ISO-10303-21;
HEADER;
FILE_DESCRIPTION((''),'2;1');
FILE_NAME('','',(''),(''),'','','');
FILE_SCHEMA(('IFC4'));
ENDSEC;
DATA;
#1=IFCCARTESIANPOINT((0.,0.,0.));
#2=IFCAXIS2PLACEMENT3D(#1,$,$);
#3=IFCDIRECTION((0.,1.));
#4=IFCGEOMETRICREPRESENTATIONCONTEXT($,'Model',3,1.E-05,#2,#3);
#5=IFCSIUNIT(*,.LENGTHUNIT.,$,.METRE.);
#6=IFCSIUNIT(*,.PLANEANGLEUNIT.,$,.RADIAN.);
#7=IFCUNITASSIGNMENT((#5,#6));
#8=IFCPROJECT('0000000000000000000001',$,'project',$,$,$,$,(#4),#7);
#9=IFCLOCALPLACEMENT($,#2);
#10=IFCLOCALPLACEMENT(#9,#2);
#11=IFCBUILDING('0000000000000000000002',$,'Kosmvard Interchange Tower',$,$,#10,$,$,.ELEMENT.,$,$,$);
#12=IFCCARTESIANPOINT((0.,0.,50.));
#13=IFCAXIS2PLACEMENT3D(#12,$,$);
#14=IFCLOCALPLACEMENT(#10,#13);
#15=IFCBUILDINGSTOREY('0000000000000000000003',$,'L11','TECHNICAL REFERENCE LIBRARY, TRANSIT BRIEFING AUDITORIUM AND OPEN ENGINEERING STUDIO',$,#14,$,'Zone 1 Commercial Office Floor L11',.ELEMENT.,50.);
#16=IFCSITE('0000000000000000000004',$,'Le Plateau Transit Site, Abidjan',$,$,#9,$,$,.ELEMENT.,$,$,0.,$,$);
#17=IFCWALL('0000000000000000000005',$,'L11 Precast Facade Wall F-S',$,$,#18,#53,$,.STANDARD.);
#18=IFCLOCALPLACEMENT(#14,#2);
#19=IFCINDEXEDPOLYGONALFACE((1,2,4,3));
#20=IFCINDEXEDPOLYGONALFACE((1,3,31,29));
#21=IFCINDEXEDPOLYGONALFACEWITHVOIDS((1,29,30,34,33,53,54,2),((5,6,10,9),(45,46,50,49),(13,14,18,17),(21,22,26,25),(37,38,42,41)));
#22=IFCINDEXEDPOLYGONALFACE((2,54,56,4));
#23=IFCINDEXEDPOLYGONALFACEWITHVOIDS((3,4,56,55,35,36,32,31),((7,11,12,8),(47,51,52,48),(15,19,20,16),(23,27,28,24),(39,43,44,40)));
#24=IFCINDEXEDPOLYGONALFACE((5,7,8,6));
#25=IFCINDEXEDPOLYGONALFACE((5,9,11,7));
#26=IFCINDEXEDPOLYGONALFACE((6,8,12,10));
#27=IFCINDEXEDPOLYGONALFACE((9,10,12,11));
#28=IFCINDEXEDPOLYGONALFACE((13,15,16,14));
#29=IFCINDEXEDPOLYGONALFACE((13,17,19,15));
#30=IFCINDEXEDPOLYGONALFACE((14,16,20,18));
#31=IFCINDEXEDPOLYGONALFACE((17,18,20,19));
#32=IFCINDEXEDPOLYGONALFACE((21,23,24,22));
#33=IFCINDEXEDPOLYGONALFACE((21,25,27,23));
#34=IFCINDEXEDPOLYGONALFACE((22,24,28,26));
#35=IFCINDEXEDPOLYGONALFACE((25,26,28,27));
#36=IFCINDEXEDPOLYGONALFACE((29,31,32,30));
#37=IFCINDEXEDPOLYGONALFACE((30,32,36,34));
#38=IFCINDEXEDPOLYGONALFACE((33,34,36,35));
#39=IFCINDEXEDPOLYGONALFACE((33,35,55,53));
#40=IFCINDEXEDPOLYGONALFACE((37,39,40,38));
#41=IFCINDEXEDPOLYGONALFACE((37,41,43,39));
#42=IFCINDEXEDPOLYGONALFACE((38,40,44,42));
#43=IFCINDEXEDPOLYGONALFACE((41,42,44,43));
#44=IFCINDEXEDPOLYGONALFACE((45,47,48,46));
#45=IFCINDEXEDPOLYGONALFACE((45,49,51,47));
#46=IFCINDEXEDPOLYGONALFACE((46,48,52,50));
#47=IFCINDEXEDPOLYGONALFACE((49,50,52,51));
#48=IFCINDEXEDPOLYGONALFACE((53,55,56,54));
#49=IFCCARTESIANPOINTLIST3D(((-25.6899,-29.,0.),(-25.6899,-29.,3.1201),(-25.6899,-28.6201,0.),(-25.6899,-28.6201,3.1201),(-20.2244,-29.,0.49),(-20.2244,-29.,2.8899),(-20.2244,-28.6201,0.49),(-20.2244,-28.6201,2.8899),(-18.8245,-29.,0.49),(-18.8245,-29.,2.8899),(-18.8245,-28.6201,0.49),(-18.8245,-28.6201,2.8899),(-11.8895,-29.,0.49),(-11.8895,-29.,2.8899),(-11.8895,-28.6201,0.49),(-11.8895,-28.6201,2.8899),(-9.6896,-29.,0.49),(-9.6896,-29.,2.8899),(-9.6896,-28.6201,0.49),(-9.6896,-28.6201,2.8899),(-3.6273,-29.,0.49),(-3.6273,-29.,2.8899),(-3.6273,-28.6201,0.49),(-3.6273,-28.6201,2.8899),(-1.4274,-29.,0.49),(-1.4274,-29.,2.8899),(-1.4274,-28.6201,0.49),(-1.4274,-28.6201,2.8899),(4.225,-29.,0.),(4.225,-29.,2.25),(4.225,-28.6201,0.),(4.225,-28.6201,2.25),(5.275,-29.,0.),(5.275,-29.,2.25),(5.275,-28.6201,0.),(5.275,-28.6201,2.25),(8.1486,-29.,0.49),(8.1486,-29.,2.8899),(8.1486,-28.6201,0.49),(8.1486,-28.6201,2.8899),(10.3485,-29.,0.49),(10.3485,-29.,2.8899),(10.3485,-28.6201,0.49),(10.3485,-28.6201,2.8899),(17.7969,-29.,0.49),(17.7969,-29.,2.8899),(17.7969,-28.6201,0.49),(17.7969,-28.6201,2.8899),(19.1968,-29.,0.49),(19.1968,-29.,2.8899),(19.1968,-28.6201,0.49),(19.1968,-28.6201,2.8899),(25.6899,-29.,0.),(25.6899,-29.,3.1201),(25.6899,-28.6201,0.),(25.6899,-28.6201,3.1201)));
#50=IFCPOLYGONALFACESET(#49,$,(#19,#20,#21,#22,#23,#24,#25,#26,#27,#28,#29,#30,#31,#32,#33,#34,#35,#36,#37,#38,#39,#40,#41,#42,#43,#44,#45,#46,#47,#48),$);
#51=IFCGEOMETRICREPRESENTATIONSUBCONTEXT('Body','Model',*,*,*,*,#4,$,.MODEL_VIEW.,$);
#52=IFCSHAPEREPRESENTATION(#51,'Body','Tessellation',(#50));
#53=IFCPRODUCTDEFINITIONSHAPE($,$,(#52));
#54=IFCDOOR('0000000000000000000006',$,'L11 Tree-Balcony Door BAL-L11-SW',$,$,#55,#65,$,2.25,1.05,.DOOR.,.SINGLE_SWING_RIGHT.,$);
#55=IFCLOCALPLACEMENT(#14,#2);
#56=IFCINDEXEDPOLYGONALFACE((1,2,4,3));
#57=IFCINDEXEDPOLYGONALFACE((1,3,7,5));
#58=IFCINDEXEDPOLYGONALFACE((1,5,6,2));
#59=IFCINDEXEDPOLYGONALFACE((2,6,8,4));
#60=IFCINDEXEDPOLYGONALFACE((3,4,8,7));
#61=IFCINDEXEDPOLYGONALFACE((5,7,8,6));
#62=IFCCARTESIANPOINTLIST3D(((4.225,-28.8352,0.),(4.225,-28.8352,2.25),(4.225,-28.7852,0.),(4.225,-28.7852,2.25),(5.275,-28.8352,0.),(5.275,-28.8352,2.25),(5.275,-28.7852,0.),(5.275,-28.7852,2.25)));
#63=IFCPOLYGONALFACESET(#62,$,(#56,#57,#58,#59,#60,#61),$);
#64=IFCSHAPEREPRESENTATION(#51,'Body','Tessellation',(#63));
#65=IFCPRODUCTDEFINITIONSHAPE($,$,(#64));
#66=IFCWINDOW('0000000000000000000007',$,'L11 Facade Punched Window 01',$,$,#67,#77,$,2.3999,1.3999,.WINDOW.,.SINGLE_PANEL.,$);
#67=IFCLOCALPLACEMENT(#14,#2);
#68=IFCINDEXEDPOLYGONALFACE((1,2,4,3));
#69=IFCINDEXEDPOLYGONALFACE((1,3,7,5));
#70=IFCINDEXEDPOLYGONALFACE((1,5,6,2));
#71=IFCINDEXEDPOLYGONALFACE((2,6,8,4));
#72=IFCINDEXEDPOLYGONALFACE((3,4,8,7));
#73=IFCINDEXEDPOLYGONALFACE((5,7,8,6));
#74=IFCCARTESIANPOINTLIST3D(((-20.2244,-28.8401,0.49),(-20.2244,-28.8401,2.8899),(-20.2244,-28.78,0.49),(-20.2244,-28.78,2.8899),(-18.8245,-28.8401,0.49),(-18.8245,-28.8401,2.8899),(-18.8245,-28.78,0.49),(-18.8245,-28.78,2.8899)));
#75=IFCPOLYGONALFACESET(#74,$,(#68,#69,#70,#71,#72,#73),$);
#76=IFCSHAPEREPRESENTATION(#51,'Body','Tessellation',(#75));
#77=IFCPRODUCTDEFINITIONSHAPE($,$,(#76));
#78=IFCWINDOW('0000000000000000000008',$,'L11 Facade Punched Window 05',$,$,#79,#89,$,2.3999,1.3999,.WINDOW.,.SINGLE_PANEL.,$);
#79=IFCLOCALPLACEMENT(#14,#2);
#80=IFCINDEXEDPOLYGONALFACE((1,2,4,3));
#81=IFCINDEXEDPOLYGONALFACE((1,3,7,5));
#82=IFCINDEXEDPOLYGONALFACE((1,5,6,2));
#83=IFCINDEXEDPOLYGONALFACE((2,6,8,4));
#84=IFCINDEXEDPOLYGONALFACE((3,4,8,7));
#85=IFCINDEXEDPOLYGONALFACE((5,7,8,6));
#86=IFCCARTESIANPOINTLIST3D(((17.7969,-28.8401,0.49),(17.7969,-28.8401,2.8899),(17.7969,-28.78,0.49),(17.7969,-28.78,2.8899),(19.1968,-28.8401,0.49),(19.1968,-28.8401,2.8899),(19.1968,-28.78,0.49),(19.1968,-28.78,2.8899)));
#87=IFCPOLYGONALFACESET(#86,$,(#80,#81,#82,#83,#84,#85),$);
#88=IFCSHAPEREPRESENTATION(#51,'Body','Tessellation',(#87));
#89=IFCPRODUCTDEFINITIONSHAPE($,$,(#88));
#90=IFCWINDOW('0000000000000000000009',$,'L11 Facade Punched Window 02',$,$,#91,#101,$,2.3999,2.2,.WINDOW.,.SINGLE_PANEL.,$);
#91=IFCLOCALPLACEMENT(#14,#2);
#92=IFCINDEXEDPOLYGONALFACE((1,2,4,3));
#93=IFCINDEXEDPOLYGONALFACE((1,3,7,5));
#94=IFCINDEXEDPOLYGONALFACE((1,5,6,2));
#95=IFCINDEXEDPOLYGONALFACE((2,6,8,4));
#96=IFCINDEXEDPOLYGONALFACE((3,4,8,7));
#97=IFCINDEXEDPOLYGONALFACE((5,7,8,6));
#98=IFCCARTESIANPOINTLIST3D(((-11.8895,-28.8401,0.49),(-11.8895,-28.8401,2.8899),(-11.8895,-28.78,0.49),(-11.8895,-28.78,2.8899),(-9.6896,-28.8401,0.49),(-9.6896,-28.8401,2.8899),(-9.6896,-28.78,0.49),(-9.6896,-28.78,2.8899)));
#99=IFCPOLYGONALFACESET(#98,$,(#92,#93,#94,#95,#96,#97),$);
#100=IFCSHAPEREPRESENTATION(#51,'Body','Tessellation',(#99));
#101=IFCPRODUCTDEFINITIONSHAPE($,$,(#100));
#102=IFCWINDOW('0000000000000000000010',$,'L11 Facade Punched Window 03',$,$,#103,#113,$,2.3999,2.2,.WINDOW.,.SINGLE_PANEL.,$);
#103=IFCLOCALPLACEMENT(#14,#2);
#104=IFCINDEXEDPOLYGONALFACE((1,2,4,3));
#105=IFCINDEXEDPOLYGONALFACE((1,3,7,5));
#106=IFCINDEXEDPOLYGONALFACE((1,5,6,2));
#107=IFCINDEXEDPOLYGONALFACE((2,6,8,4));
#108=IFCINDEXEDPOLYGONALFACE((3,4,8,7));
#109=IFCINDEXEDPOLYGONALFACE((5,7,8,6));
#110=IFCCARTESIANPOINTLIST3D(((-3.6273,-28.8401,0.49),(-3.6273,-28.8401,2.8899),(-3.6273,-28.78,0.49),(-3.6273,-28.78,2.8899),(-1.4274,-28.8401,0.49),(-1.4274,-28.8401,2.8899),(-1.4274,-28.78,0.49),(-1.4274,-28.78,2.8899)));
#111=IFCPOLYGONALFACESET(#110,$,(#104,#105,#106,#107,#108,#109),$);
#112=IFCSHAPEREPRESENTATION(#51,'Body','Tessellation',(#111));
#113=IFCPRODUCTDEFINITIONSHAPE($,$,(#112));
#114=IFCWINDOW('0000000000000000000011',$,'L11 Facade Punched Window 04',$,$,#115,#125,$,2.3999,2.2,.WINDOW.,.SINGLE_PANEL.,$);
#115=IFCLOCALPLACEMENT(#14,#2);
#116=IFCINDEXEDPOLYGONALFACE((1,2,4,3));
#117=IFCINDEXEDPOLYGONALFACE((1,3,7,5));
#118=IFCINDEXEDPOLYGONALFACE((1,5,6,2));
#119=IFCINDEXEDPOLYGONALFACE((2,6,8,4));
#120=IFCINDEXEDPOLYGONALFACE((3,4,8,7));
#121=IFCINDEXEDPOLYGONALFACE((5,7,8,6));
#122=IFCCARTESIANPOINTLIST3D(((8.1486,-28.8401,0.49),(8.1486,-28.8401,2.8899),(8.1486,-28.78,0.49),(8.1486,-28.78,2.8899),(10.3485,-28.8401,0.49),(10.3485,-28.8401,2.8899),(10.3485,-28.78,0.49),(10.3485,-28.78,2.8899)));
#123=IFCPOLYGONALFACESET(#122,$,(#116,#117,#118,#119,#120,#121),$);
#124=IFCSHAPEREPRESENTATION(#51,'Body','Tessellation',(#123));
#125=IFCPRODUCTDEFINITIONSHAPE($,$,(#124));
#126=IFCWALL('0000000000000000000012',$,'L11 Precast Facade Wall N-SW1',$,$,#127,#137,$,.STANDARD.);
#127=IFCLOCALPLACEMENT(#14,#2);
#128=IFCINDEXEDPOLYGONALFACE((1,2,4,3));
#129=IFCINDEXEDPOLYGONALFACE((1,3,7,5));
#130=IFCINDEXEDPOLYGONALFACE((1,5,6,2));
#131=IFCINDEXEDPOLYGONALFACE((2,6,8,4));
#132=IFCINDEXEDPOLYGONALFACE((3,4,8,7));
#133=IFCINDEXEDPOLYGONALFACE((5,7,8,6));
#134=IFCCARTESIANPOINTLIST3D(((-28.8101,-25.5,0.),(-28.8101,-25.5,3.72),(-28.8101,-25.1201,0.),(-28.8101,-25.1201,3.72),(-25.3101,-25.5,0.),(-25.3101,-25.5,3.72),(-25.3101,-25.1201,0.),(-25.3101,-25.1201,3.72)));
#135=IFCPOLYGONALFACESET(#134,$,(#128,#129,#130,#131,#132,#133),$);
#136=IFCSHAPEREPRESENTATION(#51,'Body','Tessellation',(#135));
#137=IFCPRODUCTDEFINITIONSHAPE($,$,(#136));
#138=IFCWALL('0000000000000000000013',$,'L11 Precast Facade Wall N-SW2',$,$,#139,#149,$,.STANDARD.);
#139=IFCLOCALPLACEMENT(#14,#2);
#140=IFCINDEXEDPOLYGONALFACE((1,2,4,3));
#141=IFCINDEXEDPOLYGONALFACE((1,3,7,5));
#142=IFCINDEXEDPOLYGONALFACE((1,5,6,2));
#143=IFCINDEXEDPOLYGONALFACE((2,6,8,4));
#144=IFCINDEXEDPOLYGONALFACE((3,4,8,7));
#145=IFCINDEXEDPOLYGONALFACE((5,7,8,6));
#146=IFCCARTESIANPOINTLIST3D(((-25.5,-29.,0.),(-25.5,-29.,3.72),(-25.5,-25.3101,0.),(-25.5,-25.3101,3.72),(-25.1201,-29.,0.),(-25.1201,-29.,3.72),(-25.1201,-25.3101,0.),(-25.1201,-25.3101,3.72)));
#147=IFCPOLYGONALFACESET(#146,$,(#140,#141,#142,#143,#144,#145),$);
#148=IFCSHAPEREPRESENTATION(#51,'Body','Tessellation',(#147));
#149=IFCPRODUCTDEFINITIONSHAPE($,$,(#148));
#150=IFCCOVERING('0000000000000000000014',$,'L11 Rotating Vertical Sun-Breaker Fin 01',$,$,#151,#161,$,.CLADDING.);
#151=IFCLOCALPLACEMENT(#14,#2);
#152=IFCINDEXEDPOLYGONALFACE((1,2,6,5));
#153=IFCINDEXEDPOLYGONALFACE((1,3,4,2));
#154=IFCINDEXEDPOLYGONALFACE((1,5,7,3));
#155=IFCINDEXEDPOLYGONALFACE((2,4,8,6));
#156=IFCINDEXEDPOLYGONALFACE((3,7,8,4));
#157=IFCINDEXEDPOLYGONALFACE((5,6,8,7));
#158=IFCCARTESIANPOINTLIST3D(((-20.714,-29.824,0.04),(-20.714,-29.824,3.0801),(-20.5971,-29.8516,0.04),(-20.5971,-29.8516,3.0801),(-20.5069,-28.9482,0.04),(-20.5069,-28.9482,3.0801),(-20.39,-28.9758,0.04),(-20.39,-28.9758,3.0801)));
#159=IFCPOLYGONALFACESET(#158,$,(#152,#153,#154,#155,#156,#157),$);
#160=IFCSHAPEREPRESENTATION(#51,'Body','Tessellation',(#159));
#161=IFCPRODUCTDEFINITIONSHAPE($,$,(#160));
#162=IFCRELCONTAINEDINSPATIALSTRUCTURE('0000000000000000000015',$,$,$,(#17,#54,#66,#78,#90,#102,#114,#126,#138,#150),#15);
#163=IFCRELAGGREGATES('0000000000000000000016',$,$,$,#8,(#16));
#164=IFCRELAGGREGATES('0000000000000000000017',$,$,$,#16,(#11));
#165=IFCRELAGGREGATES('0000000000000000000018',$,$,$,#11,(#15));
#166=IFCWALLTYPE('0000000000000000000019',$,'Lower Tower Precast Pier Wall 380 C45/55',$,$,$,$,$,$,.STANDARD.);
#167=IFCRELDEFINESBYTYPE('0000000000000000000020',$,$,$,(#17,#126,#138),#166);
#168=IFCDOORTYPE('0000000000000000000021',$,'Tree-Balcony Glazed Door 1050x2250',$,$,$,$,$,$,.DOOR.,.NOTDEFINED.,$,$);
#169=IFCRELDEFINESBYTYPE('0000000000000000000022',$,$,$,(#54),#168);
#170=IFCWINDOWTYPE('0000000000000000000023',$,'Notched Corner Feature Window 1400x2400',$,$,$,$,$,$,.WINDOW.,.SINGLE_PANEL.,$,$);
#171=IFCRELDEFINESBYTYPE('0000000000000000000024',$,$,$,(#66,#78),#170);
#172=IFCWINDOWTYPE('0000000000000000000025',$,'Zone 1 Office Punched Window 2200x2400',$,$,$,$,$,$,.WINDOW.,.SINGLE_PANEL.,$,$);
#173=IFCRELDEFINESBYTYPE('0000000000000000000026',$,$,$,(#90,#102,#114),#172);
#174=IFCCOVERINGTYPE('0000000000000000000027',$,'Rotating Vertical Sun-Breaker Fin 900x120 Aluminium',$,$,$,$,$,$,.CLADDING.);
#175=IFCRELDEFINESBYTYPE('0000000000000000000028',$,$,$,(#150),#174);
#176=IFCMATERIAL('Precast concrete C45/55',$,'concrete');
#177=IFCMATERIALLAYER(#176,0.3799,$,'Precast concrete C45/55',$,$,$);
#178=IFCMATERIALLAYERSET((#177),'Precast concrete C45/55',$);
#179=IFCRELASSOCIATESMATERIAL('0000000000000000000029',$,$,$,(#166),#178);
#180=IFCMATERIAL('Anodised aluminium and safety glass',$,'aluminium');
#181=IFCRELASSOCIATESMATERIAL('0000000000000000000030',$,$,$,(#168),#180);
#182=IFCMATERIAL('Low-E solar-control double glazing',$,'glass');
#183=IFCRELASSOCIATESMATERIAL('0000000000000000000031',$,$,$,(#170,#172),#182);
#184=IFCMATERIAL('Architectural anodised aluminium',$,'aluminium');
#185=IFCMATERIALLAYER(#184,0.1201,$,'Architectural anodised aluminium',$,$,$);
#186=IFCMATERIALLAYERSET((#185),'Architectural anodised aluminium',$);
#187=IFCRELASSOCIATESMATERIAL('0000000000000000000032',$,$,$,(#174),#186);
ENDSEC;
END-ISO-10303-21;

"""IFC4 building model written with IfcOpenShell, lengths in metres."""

from ifc_helpers import new_model, si_unit, direction, frame, frame_2d, origin, origin_2d, place, context, subcontext, project, spatial, rectangle, extrude, source, transform, mapped, material, layer, layer_set, type_object, element, fill, save


model = new_model("IFC4")

# Units and contexts
model_context = context("Model", 3, precision=1e-05, world=origin(), true_north=direction((0.0, 1.0)))
body_context = subcontext(model_context, "Body", "Model", "MODEL_VIEW")
ifc_project = project(units=[si_unit("LENGTHUNIT", "METRE"), si_unit("PLANEANGLEUNIT", "RADIAN")], contexts=[model_context])

# Site, building, storey
site_placement = place(None, origin())
site = spatial("IfcSite", under=ifc_project, at=site_placement, Name="Le Plateau Transit Site, Abidjan", CompositionType="ELEMENT", RefElevation=0.0)
building_placement = place(site_placement, origin())
building = spatial("IfcBuilding", under=site, at=building_placement, Name="Kosmvard Interchange Tower", CompositionType="ELEMENT")
storey_placement = place(building_placement, frame((0.0, 0.0, 50.0)))
storey = spatial("IfcBuildingStorey", under=building, at=storey_placement, Name="L11", Description="TECHNICAL REFERENCE LIBRARY, TRANSIT BRIEFING AUDITORIUM AND OPEN ENGINEERING STUDIO", LongName="Zone 1 Commercial Office Floor L11", CompositionType="ELEMENT", Elevation=50.0)

# Shared definitions
ifc_material_1 = material(Name="Precast concrete C45/55", Category="concrete")

# Wall, openings, door, windows
ifc_layer_1 = layer(ifc_material_1, 0.3799, Name="Precast concrete C45/55")
ifc_layer_set_1 = layer_set([ifc_layer_1], Name="Precast concrete C45/55")
wall_type_1 = type_object("IfcWallType", Name="Lower Tower Precast Pier Wall 380 C45/55", PredefinedType="STANDARD", material=ifc_layer_set_1)
wall_1_placement = place(storey_placement, frame((-25.6899, -28.8101, 0.0), z_axis=(0.0, 0.0, 1.0), x_axis=(1.0, 0.0, 0.0)))
wall_1 = element("IfcWall", 1, at=wall_1_placement, inside=storey, type_object=wall_type_1, Name="L11 Precast Facade Wall F-S", PredefinedType="STANDARD", context=body_context, shape_type="SweptSolid", body=[
    extrude(rectangle(XDim=51.3799, YDim=0.3799, at=frame_2d((25.6899, 0.0))), origin(), (0.0, 0.0, 1.0), 3.1201),
])
opening_1_placement = place(wall_1_placement, frame((29.915, 0.0, 0.0)))
opening_1 = element("IfcOpeningElement", 2, at=opening_1_placement, cuts=wall_1, PredefinedType="OPENING", context=body_context, shape_type="SweptSolid", body=[
    extrude(rectangle(XDim=1.05, YDim=2.25, at=frame_2d((0.5249, 1.125))), frame((0.0, 0.2, 0.0), z_axis=(0.0, -1.0, 0.0), x_axis=(1.0, 0.0, 0.0)), (0.0, 0.0, 1.0), 0.3999),
])
opening_2_placement = place(wall_1_placement, frame((5.4656, 0.0, 0.49)))
opening_2 = element("IfcOpeningElement", 3, at=opening_2_placement, cuts=wall_1, PredefinedType="OPENING", context=body_context, shape_type="SweptSolid", body=[
    extrude(rectangle(XDim=1.3999, YDim=2.3999, at=frame_2d((0.7, 1.2))), frame((0.0, 0.2, 0.0), z_axis=(0.0, -1.0, 0.0), x_axis=(1.0, 0.0, 0.0)), (0.0, 0.0, 1.0), 0.3999),
])
opening_3_placement = place(wall_1_placement, frame((13.8003, 0.0, 0.49)))
opening_3 = element("IfcOpeningElement", 4, at=opening_3_placement, cuts=wall_1, PredefinedType="OPENING", context=body_context, shape_type="SweptSolid", body=[
    extrude(rectangle(XDim=2.2, YDim=2.3999, at=frame_2d((1.1001, 1.2))), frame((0.0, 0.2, 0.0), z_axis=(0.0, -1.0, 0.0), x_axis=(1.0, 0.0, 0.0)), (0.0, 0.0, 1.0), 0.3999),
])
opening_4_placement = place(wall_1_placement, frame((22.0625, 0.0, 0.49)))
opening_4 = element("IfcOpeningElement", 5, at=opening_4_placement, cuts=wall_1, PredefinedType="OPENING", context=body_context, shape_type="SweptSolid", body=[
    extrude(rectangle(XDim=2.2, YDim=2.3999, at=frame_2d((1.1001, 1.2))), frame((0.0, 0.2, 0.0), z_axis=(0.0, -1.0, 0.0), x_axis=(1.0, 0.0, 0.0)), (0.0, 0.0, 1.0), 0.3999),
])
opening_5_placement = place(wall_1_placement, frame((33.8384, 0.0, 0.49)))
opening_5 = element("IfcOpeningElement", 6, at=opening_5_placement, cuts=wall_1, PredefinedType="OPENING", context=body_context, shape_type="SweptSolid", body=[
    extrude(rectangle(XDim=2.2, YDim=2.3999, at=frame_2d((1.1001, 1.2))), frame((0.0, 0.2, 0.0), z_axis=(0.0, -1.0, 0.0), x_axis=(1.0, 0.0, 0.0)), (0.0, 0.0, 1.0), 0.3999),
])
opening_6_placement = place(wall_1_placement, frame((43.4868, 0.0, 0.49)))
opening_6 = element("IfcOpeningElement", 7, at=opening_6_placement, cuts=wall_1, PredefinedType="OPENING", context=body_context, shape_type="SweptSolid", body=[
    extrude(rectangle(XDim=1.3999, YDim=2.3999, at=frame_2d((0.7, 1.2))), frame((0.0, 0.2, 0.0), z_axis=(0.0, -1.0, 0.0), x_axis=(1.0, 0.0, 0.0)), (0.0, 0.0, 1.0), 0.3999),
])
ifc_material_2 = material(Name="Anodised aluminium and safety glass", Category="aluminium")
door_type_1 = type_object("IfcDoorType", Name="Tree-Balcony Glazed Door 1050x2250", OperationType="NOTDEFINED", PredefinedType="DOOR", material=ifc_material_2)
shared_shape_1 = source(origin(), body_context, "Body", "SweptSolid", [
    extrude(rectangle(XDim=1.05, YDim=2.25, at=frame_2d((0.5249, 1.125))), frame((0.0, 0.0249, 0.0), z_axis=(0.0, -1.0, 0.0), x_axis=(1.0, 0.0, 0.0)), (0.0, 0.0, 1.0), 0.05),
])
door_1_placement = place(opening_1_placement, origin())
door_1 = element("IfcDoor", 8, at=door_1_placement, inside=storey, type_object=door_type_1, Name="L11 Tree-Balcony Door BAL-L11-SW", OperationType="SINGLE_SWING_RIGHT", OverallHeight=2.25, OverallWidth=1.05, PredefinedType="DOOR", context=body_context, shape_type="MappedRepresentation", body=[
    mapped(shared_shape_1, transform((0.0, 0.0, 0.0), scale=1.0)),
])
fill(opening_1, door_1)
ifc_material_3 = material(Name="Low-E solar-control double glazing", Category="glass")
window_type_1 = type_object("IfcWindowType", Name="Notched Corner Feature Window 1400x2400", PartitioningType="SINGLE_PANEL", PredefinedType="WINDOW", material=ifc_material_3)
shared_shape_2 = source(origin(), body_context, "Body", "SweptSolid", [
    extrude(rectangle(XDim=1.3999, YDim=2.3999, at=frame_2d((0.7, 1.2))), frame((0.0, 0.03, 0.0), z_axis=(0.0, -1.0, 0.0), x_axis=(1.0, 0.0, 0.0)), (0.0, 0.0, 1.0), 0.0601),
])
window_1_placement = place(opening_2_placement, origin())
window_1 = element("IfcWindow", 9, at=window_1_placement, inside=storey, type_object=window_type_1, Name="L11 Facade Punched Window 01", OverallHeight=2.3999, OverallWidth=1.3999, PartitioningType="SINGLE_PANEL", PredefinedType="WINDOW", context=body_context, shape_type="MappedRepresentation", body=[
    mapped(shared_shape_2, transform((0.0, 0.0, 0.0), scale=1.0)),
])
fill(opening_2, window_1)
window_2_placement = place(opening_6_placement, origin())
window_2 = element("IfcWindow", 10, at=window_2_placement, inside=storey, type_object=window_type_1, Name="L11 Facade Punched Window 05", OverallHeight=2.3999, OverallWidth=1.3999, PartitioningType="SINGLE_PANEL", PredefinedType="WINDOW", context=body_context, shape_type="MappedRepresentation", body=[
    mapped(shared_shape_2, transform((0.0, 0.0, 0.0), scale=1.0)),
])
fill(opening_6, window_2)
window_type_2 = type_object("IfcWindowType", Name="Zone 1 Office Punched Window 2200x2400", PartitioningType="SINGLE_PANEL", PredefinedType="WINDOW", material=ifc_material_3)
shared_shape_3 = source(origin(), body_context, "Body", "SweptSolid", [
    extrude(rectangle(XDim=2.2, YDim=2.3999, at=frame_2d((1.1001, 1.2))), frame((0.0, 0.03, 0.0), z_axis=(0.0, -1.0, 0.0), x_axis=(1.0, 0.0, 0.0)), (0.0, 0.0, 1.0), 0.0601),
])
window_3_placement = place(opening_3_placement, origin())
window_3 = element("IfcWindow", 11, at=window_3_placement, inside=storey, type_object=window_type_2, Name="L11 Facade Punched Window 02", OverallHeight=2.3999, OverallWidth=2.2, PartitioningType="SINGLE_PANEL", PredefinedType="WINDOW", context=body_context, shape_type="MappedRepresentation", body=[
    mapped(shared_shape_3, transform((0.0, 0.0, 0.0), scale=1.0)),
])
fill(opening_3, window_3)
window_4_placement = place(opening_4_placement, origin())
window_4 = element("IfcWindow", 12, at=window_4_placement, inside=storey, type_object=window_type_2, Name="L11 Facade Punched Window 03", OverallHeight=2.3999, OverallWidth=2.2, PartitioningType="SINGLE_PANEL", PredefinedType="WINDOW", context=body_context, shape_type="MappedRepresentation", body=[
    mapped(shared_shape_3, transform((0.0, 0.0, 0.0), scale=1.0)),
])
fill(opening_4, window_4)
window_5_placement = place(opening_5_placement, origin())
window_5 = element("IfcWindow", 13, at=window_5_placement, inside=storey, type_object=window_type_2, Name="L11 Facade Punched Window 04", OverallHeight=2.3999, OverallWidth=2.2, PartitioningType="SINGLE_PANEL", PredefinedType="WINDOW", context=body_context, shape_type="MappedRepresentation", body=[
    mapped(shared_shape_3, transform((0.0, 0.0, 0.0), scale=1.0)),
])
fill(opening_5, window_5)

# Walls
wall_2_placement = place(storey_placement, frame((-28.8101, -25.3101, 0.0), z_axis=(0.0, 0.0, 1.0), x_axis=(1.0, 0.0, 0.0)))
element("IfcWall", 14, at=wall_2_placement, inside=storey, type_object=wall_type_1, Name="L11 Precast Facade Wall N-SW1", PredefinedType="STANDARD", context=body_context, shape_type="SweptSolid", body=[
    extrude(rectangle(XDim=3.5, YDim=0.3799, at=frame_2d((1.75, 0.0))), origin(), (0.0, 0.0, 1.0), 3.72),
])
wall_3_placement = place(storey_placement, frame((-25.3101, -25.3101, 0.0), z_axis=(0.0, 0.0, 1.0), x_axis=(0.0, -1.0, 0.0)))
element("IfcWall", 15, at=wall_3_placement, inside=storey, type_object=wall_type_1, Name="L11 Precast Facade Wall N-SW2", PredefinedType="STANDARD", context=body_context, shape_type="SweptSolid", body=[
    extrude(rectangle(XDim=3.6899, YDim=0.3799, at=frame_2d((1.845, 0.0))), origin(), (0.0, 0.0, 1.0), 3.72),
])

# Covering
ifc_material_4 = material(Name="Architectural anodised aluminium", Category="aluminium")
ifc_layer_2 = layer(ifc_material_4, 0.1201, Name="Architectural anodised aluminium")
ifc_layer_set_2 = layer_set([ifc_layer_2], Name="Architectural anodised aluminium")
covering_type = type_object("IfcCoveringType", Name="Rotating Vertical Sun-Breaker Fin 900x120 Aluminium", PredefinedType="CLADDING", material=ifc_layer_set_2)
shared_shape_4 = source(origin(), body_context, "Body", "SweptSolid", [
    extrude(rectangle(XDim=0.8999, YDim=0.1201, at=origin_2d()), origin(), (0.0, 0.0, 1.0), 3.04),
])
for number, where, z_axis, x_axis, name in (
    (16, (-20.552, -29.3999, 0.04), (0.0, 0.0, 1.0), (-0.23005, -0.973179, 0.0), "L11 Rotating Vertical Sun-Breaker Fin 01"),
):
    element("IfcCovering", number, at=place(storey_placement, frame(where, z_axis=z_axis, x_axis=x_axis)), inside=storey, type_object=covering_type, Name=name, PredefinedType="CLADDING", context=body_context, shape_type="MappedRepresentation", body=[
        mapped(shared_shape_4, transform((0.0, 0.0, 0.0), scale=1.0)),
    ])

save(model, "model.ifc")
